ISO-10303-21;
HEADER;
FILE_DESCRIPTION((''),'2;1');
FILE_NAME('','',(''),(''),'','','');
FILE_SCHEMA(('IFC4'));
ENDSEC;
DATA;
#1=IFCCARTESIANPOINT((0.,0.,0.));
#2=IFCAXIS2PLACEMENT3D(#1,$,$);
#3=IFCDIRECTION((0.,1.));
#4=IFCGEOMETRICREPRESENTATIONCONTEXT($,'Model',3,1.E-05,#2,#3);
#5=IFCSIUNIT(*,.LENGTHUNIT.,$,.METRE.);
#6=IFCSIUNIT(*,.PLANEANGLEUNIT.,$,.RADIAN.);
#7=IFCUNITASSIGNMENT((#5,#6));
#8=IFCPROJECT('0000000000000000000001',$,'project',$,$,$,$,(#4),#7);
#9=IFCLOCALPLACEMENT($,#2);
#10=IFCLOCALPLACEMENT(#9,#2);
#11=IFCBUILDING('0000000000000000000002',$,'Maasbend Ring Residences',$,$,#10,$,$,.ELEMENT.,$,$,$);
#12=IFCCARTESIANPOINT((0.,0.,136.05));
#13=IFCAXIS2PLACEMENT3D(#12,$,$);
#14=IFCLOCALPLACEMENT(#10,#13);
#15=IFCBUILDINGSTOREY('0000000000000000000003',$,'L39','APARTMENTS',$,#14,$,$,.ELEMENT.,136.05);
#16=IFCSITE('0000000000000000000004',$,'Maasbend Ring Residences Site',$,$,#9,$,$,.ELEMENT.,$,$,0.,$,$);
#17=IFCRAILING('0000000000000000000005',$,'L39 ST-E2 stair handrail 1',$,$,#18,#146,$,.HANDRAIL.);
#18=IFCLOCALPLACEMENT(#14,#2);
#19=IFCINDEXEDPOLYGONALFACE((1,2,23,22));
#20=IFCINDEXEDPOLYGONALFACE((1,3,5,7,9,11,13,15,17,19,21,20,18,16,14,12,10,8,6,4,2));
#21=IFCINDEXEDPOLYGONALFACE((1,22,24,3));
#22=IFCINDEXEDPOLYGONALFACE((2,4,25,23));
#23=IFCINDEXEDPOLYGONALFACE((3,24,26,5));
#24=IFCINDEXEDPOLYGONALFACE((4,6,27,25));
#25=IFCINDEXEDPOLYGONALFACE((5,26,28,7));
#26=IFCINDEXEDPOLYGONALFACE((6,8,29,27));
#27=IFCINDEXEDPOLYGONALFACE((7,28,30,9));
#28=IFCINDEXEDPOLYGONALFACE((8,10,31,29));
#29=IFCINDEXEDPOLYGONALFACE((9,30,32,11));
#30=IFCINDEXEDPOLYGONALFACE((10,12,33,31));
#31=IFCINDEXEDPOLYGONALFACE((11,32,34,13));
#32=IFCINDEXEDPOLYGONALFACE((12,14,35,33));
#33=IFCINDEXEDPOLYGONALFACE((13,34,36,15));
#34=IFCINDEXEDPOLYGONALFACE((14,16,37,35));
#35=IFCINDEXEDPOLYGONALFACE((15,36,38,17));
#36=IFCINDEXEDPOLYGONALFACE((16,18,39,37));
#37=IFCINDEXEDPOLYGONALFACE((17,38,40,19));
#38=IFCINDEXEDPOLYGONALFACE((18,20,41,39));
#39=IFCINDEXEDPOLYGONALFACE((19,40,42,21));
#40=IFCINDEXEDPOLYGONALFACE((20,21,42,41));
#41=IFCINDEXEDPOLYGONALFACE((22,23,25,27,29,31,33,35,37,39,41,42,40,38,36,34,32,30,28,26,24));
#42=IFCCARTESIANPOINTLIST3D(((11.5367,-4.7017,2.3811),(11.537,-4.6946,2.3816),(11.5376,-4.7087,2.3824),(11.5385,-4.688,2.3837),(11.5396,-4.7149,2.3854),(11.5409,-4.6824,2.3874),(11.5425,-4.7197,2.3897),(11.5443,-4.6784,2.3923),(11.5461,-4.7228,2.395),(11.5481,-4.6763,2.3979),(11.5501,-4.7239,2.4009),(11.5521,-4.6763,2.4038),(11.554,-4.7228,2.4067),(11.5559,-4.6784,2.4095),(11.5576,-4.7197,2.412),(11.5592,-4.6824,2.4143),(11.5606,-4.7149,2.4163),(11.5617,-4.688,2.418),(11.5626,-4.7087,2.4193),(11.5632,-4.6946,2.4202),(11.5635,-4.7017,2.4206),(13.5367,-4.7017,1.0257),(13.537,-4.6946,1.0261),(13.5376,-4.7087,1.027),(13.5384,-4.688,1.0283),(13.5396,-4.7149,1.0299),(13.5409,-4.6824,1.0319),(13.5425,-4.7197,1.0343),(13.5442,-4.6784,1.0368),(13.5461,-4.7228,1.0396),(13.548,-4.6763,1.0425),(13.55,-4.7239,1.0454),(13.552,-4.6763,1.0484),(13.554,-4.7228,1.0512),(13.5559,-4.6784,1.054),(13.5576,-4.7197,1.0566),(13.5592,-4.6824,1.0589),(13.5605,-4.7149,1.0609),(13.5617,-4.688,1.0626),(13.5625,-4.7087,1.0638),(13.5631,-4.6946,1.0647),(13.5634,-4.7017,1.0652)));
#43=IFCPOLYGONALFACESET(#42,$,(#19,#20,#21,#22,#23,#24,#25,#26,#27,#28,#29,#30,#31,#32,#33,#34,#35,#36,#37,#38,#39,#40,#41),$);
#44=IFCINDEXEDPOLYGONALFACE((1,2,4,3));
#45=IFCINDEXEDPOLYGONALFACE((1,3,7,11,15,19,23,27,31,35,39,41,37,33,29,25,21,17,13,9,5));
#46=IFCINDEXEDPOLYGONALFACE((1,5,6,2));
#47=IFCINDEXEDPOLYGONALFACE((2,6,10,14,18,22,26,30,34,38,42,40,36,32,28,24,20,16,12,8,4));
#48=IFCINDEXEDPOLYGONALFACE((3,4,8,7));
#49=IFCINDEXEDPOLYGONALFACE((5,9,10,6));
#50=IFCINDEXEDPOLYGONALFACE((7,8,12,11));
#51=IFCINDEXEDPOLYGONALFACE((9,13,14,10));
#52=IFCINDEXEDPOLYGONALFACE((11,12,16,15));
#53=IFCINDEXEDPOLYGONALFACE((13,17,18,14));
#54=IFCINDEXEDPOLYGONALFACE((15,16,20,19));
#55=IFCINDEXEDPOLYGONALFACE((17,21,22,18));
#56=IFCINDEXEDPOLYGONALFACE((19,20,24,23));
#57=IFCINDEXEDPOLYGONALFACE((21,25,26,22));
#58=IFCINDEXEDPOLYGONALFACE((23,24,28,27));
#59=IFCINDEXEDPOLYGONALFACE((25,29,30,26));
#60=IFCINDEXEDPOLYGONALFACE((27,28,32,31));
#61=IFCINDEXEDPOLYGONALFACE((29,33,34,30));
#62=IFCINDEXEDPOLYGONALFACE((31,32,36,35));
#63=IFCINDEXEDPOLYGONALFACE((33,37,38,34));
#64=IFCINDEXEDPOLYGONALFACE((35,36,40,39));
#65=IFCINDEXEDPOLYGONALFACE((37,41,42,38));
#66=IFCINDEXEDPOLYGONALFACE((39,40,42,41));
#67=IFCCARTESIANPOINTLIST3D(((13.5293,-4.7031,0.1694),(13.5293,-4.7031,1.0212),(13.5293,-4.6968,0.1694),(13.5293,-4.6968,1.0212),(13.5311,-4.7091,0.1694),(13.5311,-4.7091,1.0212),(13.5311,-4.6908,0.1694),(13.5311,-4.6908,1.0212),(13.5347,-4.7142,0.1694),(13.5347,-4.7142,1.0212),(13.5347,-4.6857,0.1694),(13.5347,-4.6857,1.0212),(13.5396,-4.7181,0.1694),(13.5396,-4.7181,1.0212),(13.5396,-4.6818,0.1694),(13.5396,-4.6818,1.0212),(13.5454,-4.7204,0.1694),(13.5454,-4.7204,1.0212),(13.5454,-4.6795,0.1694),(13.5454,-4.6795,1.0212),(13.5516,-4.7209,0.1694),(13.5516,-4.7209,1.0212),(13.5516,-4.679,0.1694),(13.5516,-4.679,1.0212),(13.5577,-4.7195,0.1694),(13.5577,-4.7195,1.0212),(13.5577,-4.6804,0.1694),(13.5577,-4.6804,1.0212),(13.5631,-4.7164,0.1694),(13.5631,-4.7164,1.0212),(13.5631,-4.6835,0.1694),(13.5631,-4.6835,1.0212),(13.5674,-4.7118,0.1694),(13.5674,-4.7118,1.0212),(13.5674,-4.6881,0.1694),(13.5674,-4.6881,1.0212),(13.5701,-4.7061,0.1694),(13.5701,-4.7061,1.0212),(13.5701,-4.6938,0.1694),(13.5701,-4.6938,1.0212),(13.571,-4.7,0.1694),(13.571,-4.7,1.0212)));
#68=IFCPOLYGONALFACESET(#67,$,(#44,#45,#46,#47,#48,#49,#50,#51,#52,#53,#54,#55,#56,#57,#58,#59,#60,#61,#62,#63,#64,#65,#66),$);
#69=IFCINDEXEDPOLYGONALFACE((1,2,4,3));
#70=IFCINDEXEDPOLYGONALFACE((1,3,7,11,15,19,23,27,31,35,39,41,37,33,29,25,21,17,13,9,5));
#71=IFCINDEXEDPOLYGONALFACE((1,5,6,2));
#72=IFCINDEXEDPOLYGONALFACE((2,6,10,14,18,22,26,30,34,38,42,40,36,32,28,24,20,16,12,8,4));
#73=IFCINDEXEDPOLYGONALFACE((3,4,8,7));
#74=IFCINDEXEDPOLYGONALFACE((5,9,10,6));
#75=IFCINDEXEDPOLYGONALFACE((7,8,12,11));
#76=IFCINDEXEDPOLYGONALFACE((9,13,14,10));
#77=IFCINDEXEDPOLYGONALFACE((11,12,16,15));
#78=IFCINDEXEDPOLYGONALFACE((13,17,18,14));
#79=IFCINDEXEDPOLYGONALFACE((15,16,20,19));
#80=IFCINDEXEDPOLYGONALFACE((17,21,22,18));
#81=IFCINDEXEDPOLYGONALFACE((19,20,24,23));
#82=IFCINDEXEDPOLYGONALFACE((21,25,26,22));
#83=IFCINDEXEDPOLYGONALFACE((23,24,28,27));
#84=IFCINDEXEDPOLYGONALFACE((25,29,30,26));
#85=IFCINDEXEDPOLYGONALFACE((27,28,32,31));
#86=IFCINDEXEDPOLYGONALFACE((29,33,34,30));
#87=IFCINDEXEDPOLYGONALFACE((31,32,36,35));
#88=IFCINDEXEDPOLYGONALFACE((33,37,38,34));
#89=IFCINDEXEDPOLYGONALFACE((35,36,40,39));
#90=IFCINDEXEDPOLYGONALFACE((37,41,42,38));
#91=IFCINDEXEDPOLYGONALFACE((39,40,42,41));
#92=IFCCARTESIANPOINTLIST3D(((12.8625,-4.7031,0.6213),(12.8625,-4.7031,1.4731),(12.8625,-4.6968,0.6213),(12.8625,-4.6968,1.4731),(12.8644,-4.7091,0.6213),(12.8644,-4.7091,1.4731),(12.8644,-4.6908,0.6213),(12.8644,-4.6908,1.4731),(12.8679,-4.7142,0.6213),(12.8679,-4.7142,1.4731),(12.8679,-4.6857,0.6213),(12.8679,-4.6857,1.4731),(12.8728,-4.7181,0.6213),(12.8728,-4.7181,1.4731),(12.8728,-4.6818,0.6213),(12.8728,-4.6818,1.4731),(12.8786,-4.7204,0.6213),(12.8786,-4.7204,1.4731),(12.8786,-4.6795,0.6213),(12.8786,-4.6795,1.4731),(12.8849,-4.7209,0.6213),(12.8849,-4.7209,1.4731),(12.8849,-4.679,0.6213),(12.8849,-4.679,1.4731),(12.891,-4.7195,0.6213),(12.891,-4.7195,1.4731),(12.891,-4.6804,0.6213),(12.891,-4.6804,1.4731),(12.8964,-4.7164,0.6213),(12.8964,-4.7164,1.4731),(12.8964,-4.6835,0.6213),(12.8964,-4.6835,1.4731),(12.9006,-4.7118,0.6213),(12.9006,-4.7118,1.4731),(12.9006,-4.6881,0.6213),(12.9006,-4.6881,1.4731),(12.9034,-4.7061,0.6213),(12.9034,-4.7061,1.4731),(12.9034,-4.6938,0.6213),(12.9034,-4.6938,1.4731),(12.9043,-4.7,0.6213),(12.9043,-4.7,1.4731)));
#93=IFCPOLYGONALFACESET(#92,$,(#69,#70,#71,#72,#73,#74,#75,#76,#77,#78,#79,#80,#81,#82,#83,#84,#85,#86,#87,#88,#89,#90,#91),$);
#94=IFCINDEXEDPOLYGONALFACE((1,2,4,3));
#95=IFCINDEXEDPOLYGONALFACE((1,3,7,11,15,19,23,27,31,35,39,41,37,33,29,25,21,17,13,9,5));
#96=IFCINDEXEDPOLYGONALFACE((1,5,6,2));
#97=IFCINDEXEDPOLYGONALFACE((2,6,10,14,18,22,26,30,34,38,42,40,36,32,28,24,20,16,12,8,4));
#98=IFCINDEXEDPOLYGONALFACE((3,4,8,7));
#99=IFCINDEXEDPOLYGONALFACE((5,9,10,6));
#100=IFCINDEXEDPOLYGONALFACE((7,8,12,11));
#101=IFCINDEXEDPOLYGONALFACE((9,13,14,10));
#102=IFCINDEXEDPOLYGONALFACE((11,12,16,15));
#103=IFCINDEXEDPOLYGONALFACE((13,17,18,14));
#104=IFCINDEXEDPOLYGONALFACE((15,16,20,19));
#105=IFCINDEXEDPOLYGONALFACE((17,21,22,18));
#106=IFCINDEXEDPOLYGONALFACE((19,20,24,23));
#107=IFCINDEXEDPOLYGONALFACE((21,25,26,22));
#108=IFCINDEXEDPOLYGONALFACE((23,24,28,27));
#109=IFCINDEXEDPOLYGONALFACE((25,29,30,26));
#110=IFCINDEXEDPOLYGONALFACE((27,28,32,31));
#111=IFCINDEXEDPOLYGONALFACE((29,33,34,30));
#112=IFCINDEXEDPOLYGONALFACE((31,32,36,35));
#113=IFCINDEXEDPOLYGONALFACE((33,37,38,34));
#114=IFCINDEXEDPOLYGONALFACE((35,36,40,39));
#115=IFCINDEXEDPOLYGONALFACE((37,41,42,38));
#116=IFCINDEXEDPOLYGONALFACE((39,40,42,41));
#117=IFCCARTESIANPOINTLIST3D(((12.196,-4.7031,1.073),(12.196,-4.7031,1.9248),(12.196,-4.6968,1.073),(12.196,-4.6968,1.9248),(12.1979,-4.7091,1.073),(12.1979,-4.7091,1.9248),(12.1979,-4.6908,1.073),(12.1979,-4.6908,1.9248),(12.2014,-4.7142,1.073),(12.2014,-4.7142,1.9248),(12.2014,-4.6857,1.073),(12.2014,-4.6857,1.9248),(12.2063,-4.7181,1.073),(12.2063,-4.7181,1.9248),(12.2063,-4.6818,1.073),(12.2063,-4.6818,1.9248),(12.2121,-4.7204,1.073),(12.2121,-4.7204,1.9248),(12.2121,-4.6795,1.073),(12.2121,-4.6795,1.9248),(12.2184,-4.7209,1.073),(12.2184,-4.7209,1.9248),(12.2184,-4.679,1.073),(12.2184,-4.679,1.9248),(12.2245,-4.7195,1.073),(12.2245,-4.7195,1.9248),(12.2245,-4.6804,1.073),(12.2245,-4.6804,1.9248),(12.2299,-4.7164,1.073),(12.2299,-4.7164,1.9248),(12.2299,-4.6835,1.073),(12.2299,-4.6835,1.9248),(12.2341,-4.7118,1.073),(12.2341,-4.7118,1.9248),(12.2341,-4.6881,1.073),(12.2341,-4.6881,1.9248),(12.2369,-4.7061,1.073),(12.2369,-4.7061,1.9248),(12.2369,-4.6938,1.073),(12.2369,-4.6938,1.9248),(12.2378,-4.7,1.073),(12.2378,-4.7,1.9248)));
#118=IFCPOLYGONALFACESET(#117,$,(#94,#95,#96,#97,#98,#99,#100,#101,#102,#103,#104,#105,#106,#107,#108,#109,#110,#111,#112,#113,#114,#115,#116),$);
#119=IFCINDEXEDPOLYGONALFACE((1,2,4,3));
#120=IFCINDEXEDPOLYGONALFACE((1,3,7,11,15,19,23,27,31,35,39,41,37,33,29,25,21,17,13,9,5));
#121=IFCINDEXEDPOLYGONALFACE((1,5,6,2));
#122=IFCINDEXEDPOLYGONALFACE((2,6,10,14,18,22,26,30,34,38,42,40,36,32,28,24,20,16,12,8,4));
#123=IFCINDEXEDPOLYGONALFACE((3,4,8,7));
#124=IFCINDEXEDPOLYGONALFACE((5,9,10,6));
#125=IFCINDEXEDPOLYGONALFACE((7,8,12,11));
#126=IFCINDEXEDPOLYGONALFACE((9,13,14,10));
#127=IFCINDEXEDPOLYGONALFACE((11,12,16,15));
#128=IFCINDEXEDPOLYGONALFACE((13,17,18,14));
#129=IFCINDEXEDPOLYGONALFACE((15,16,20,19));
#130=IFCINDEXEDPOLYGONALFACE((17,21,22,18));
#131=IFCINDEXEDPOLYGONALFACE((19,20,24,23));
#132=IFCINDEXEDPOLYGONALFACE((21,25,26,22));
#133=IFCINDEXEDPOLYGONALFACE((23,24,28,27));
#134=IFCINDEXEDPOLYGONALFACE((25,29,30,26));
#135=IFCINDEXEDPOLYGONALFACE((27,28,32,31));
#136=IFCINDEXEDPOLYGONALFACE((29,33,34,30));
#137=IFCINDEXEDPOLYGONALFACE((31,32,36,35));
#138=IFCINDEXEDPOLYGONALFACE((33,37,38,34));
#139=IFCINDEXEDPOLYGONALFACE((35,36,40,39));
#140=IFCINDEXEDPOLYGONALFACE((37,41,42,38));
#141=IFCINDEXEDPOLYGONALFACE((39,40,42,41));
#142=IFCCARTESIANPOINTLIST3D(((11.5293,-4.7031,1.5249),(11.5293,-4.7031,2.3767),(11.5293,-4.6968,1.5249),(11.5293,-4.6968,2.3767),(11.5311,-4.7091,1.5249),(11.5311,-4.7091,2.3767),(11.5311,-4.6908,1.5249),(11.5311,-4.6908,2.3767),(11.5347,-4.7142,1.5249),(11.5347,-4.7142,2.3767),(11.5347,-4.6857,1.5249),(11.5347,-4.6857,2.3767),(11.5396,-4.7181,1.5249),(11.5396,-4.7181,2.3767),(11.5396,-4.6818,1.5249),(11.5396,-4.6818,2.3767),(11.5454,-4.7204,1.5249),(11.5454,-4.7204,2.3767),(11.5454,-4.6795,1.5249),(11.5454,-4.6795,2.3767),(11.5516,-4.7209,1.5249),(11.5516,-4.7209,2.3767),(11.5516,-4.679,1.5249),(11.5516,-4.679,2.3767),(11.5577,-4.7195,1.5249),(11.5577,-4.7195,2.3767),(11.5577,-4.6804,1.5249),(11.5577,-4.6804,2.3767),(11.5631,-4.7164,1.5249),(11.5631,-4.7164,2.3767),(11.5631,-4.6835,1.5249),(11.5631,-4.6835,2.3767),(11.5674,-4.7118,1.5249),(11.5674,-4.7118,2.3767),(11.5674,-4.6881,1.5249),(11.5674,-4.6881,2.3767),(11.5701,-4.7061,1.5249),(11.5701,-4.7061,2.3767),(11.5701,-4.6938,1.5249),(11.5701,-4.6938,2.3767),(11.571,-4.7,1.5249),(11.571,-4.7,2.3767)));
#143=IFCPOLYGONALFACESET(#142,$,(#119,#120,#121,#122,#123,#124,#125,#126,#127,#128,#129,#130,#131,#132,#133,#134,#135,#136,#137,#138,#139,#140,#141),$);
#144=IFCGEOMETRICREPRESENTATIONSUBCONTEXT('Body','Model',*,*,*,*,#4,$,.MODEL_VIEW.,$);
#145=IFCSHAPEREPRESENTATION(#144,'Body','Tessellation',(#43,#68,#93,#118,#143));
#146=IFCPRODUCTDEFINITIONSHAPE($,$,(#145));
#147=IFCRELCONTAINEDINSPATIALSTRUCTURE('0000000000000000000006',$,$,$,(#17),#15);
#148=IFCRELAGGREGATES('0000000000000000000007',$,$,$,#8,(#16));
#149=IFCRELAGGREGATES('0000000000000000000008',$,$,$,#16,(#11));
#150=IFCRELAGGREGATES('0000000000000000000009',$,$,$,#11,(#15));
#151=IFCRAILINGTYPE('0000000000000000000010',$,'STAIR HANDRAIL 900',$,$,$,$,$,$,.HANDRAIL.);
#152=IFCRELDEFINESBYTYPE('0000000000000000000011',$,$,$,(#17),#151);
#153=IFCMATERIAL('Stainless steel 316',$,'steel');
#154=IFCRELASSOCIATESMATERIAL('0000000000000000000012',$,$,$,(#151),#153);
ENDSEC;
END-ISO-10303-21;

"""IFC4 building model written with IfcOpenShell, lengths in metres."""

from ifc_helpers import new_model, si_unit, direction, frame, origin, origin_2d, place, context, subcontext, project, spatial, circle, extrude, material, type_object, element, save


model = new_model("IFC4")

# Units and contexts
model_context = context("Model", 3, precision=1e-05, world=origin(), true_north=direction((0.0, 1.0)))
body_context = subcontext(model_context, "Body", "Model", "MODEL_VIEW")
ifc_project = project(units=[si_unit("LENGTHUNIT", "METRE"), si_unit("PLANEANGLEUNIT", "RADIAN")], contexts=[model_context])

# Site, building, storey
site_placement = place(None, origin())
site = spatial("IfcSite", under=ifc_project, at=site_placement, Name="Maasbend Ring Residences Site", CompositionType="ELEMENT", RefElevation=0.0)
building_placement = place(site_placement, origin())
building = spatial("IfcBuilding", under=site, at=building_placement, Name="Maasbend Ring Residences", CompositionType="ELEMENT")
storey_placement = place(building_placement, frame((0.0, 0.0, 136.05)))
storey = spatial("IfcBuildingStorey", under=building, at=storey_placement, Name="L39", Description="APARTMENTS", CompositionType="ELEMENT", Elevation=136.05)

# Railing
ifc_material_1 = material(Name="Stainless steel 316", Category="steel")
railing_type = type_object("IfcRailingType", Name="STAIR HANDRAIL 900", PredefinedType="HANDRAIL", material=ifc_material_1)
railing_1_placement = place(storey_placement, frame((13.55, -4.7, 0.1694)))
element("IfcRailing", 1, at=railing_1_placement, inside=storey, type_object=railing_type, Name="L39 ST-E2 stair handrail 1", PredefinedType="HANDRAIL", context=body_context, shape_type="SweptSolid", body=[
    extrude(circle(Radius=0.0239, at=origin_2d()), frame((0.0, 0.0, 0.876), z_axis=(-0.827798, 0.0, 0.561027), x_axis=(0.0, -1.0, 0.0)), (0.0, 0.0, 1.0), 2.416),
    extrude(circle(Radius=0.021, at=origin_2d()), origin(), (0.0, 0.0, 1.0), 0.8518),
    extrude(circle(Radius=0.021, at=origin_2d()), frame((-0.6667, 0.0, 0.4519)), (0.0, 0.0, 1.0), 0.8518),
    extrude(circle(Radius=0.021, at=origin_2d()), frame((-1.3333, 0.0, 0.9036)), (0.0, 0.0, 1.0), 0.8518),
    extrude(circle(Radius=0.021, at=origin_2d()), frame((-2.0, 0.0, 1.3555)), (0.0, 0.0, 1.0), 0.8518),
])

save(model, "model.ifc")
